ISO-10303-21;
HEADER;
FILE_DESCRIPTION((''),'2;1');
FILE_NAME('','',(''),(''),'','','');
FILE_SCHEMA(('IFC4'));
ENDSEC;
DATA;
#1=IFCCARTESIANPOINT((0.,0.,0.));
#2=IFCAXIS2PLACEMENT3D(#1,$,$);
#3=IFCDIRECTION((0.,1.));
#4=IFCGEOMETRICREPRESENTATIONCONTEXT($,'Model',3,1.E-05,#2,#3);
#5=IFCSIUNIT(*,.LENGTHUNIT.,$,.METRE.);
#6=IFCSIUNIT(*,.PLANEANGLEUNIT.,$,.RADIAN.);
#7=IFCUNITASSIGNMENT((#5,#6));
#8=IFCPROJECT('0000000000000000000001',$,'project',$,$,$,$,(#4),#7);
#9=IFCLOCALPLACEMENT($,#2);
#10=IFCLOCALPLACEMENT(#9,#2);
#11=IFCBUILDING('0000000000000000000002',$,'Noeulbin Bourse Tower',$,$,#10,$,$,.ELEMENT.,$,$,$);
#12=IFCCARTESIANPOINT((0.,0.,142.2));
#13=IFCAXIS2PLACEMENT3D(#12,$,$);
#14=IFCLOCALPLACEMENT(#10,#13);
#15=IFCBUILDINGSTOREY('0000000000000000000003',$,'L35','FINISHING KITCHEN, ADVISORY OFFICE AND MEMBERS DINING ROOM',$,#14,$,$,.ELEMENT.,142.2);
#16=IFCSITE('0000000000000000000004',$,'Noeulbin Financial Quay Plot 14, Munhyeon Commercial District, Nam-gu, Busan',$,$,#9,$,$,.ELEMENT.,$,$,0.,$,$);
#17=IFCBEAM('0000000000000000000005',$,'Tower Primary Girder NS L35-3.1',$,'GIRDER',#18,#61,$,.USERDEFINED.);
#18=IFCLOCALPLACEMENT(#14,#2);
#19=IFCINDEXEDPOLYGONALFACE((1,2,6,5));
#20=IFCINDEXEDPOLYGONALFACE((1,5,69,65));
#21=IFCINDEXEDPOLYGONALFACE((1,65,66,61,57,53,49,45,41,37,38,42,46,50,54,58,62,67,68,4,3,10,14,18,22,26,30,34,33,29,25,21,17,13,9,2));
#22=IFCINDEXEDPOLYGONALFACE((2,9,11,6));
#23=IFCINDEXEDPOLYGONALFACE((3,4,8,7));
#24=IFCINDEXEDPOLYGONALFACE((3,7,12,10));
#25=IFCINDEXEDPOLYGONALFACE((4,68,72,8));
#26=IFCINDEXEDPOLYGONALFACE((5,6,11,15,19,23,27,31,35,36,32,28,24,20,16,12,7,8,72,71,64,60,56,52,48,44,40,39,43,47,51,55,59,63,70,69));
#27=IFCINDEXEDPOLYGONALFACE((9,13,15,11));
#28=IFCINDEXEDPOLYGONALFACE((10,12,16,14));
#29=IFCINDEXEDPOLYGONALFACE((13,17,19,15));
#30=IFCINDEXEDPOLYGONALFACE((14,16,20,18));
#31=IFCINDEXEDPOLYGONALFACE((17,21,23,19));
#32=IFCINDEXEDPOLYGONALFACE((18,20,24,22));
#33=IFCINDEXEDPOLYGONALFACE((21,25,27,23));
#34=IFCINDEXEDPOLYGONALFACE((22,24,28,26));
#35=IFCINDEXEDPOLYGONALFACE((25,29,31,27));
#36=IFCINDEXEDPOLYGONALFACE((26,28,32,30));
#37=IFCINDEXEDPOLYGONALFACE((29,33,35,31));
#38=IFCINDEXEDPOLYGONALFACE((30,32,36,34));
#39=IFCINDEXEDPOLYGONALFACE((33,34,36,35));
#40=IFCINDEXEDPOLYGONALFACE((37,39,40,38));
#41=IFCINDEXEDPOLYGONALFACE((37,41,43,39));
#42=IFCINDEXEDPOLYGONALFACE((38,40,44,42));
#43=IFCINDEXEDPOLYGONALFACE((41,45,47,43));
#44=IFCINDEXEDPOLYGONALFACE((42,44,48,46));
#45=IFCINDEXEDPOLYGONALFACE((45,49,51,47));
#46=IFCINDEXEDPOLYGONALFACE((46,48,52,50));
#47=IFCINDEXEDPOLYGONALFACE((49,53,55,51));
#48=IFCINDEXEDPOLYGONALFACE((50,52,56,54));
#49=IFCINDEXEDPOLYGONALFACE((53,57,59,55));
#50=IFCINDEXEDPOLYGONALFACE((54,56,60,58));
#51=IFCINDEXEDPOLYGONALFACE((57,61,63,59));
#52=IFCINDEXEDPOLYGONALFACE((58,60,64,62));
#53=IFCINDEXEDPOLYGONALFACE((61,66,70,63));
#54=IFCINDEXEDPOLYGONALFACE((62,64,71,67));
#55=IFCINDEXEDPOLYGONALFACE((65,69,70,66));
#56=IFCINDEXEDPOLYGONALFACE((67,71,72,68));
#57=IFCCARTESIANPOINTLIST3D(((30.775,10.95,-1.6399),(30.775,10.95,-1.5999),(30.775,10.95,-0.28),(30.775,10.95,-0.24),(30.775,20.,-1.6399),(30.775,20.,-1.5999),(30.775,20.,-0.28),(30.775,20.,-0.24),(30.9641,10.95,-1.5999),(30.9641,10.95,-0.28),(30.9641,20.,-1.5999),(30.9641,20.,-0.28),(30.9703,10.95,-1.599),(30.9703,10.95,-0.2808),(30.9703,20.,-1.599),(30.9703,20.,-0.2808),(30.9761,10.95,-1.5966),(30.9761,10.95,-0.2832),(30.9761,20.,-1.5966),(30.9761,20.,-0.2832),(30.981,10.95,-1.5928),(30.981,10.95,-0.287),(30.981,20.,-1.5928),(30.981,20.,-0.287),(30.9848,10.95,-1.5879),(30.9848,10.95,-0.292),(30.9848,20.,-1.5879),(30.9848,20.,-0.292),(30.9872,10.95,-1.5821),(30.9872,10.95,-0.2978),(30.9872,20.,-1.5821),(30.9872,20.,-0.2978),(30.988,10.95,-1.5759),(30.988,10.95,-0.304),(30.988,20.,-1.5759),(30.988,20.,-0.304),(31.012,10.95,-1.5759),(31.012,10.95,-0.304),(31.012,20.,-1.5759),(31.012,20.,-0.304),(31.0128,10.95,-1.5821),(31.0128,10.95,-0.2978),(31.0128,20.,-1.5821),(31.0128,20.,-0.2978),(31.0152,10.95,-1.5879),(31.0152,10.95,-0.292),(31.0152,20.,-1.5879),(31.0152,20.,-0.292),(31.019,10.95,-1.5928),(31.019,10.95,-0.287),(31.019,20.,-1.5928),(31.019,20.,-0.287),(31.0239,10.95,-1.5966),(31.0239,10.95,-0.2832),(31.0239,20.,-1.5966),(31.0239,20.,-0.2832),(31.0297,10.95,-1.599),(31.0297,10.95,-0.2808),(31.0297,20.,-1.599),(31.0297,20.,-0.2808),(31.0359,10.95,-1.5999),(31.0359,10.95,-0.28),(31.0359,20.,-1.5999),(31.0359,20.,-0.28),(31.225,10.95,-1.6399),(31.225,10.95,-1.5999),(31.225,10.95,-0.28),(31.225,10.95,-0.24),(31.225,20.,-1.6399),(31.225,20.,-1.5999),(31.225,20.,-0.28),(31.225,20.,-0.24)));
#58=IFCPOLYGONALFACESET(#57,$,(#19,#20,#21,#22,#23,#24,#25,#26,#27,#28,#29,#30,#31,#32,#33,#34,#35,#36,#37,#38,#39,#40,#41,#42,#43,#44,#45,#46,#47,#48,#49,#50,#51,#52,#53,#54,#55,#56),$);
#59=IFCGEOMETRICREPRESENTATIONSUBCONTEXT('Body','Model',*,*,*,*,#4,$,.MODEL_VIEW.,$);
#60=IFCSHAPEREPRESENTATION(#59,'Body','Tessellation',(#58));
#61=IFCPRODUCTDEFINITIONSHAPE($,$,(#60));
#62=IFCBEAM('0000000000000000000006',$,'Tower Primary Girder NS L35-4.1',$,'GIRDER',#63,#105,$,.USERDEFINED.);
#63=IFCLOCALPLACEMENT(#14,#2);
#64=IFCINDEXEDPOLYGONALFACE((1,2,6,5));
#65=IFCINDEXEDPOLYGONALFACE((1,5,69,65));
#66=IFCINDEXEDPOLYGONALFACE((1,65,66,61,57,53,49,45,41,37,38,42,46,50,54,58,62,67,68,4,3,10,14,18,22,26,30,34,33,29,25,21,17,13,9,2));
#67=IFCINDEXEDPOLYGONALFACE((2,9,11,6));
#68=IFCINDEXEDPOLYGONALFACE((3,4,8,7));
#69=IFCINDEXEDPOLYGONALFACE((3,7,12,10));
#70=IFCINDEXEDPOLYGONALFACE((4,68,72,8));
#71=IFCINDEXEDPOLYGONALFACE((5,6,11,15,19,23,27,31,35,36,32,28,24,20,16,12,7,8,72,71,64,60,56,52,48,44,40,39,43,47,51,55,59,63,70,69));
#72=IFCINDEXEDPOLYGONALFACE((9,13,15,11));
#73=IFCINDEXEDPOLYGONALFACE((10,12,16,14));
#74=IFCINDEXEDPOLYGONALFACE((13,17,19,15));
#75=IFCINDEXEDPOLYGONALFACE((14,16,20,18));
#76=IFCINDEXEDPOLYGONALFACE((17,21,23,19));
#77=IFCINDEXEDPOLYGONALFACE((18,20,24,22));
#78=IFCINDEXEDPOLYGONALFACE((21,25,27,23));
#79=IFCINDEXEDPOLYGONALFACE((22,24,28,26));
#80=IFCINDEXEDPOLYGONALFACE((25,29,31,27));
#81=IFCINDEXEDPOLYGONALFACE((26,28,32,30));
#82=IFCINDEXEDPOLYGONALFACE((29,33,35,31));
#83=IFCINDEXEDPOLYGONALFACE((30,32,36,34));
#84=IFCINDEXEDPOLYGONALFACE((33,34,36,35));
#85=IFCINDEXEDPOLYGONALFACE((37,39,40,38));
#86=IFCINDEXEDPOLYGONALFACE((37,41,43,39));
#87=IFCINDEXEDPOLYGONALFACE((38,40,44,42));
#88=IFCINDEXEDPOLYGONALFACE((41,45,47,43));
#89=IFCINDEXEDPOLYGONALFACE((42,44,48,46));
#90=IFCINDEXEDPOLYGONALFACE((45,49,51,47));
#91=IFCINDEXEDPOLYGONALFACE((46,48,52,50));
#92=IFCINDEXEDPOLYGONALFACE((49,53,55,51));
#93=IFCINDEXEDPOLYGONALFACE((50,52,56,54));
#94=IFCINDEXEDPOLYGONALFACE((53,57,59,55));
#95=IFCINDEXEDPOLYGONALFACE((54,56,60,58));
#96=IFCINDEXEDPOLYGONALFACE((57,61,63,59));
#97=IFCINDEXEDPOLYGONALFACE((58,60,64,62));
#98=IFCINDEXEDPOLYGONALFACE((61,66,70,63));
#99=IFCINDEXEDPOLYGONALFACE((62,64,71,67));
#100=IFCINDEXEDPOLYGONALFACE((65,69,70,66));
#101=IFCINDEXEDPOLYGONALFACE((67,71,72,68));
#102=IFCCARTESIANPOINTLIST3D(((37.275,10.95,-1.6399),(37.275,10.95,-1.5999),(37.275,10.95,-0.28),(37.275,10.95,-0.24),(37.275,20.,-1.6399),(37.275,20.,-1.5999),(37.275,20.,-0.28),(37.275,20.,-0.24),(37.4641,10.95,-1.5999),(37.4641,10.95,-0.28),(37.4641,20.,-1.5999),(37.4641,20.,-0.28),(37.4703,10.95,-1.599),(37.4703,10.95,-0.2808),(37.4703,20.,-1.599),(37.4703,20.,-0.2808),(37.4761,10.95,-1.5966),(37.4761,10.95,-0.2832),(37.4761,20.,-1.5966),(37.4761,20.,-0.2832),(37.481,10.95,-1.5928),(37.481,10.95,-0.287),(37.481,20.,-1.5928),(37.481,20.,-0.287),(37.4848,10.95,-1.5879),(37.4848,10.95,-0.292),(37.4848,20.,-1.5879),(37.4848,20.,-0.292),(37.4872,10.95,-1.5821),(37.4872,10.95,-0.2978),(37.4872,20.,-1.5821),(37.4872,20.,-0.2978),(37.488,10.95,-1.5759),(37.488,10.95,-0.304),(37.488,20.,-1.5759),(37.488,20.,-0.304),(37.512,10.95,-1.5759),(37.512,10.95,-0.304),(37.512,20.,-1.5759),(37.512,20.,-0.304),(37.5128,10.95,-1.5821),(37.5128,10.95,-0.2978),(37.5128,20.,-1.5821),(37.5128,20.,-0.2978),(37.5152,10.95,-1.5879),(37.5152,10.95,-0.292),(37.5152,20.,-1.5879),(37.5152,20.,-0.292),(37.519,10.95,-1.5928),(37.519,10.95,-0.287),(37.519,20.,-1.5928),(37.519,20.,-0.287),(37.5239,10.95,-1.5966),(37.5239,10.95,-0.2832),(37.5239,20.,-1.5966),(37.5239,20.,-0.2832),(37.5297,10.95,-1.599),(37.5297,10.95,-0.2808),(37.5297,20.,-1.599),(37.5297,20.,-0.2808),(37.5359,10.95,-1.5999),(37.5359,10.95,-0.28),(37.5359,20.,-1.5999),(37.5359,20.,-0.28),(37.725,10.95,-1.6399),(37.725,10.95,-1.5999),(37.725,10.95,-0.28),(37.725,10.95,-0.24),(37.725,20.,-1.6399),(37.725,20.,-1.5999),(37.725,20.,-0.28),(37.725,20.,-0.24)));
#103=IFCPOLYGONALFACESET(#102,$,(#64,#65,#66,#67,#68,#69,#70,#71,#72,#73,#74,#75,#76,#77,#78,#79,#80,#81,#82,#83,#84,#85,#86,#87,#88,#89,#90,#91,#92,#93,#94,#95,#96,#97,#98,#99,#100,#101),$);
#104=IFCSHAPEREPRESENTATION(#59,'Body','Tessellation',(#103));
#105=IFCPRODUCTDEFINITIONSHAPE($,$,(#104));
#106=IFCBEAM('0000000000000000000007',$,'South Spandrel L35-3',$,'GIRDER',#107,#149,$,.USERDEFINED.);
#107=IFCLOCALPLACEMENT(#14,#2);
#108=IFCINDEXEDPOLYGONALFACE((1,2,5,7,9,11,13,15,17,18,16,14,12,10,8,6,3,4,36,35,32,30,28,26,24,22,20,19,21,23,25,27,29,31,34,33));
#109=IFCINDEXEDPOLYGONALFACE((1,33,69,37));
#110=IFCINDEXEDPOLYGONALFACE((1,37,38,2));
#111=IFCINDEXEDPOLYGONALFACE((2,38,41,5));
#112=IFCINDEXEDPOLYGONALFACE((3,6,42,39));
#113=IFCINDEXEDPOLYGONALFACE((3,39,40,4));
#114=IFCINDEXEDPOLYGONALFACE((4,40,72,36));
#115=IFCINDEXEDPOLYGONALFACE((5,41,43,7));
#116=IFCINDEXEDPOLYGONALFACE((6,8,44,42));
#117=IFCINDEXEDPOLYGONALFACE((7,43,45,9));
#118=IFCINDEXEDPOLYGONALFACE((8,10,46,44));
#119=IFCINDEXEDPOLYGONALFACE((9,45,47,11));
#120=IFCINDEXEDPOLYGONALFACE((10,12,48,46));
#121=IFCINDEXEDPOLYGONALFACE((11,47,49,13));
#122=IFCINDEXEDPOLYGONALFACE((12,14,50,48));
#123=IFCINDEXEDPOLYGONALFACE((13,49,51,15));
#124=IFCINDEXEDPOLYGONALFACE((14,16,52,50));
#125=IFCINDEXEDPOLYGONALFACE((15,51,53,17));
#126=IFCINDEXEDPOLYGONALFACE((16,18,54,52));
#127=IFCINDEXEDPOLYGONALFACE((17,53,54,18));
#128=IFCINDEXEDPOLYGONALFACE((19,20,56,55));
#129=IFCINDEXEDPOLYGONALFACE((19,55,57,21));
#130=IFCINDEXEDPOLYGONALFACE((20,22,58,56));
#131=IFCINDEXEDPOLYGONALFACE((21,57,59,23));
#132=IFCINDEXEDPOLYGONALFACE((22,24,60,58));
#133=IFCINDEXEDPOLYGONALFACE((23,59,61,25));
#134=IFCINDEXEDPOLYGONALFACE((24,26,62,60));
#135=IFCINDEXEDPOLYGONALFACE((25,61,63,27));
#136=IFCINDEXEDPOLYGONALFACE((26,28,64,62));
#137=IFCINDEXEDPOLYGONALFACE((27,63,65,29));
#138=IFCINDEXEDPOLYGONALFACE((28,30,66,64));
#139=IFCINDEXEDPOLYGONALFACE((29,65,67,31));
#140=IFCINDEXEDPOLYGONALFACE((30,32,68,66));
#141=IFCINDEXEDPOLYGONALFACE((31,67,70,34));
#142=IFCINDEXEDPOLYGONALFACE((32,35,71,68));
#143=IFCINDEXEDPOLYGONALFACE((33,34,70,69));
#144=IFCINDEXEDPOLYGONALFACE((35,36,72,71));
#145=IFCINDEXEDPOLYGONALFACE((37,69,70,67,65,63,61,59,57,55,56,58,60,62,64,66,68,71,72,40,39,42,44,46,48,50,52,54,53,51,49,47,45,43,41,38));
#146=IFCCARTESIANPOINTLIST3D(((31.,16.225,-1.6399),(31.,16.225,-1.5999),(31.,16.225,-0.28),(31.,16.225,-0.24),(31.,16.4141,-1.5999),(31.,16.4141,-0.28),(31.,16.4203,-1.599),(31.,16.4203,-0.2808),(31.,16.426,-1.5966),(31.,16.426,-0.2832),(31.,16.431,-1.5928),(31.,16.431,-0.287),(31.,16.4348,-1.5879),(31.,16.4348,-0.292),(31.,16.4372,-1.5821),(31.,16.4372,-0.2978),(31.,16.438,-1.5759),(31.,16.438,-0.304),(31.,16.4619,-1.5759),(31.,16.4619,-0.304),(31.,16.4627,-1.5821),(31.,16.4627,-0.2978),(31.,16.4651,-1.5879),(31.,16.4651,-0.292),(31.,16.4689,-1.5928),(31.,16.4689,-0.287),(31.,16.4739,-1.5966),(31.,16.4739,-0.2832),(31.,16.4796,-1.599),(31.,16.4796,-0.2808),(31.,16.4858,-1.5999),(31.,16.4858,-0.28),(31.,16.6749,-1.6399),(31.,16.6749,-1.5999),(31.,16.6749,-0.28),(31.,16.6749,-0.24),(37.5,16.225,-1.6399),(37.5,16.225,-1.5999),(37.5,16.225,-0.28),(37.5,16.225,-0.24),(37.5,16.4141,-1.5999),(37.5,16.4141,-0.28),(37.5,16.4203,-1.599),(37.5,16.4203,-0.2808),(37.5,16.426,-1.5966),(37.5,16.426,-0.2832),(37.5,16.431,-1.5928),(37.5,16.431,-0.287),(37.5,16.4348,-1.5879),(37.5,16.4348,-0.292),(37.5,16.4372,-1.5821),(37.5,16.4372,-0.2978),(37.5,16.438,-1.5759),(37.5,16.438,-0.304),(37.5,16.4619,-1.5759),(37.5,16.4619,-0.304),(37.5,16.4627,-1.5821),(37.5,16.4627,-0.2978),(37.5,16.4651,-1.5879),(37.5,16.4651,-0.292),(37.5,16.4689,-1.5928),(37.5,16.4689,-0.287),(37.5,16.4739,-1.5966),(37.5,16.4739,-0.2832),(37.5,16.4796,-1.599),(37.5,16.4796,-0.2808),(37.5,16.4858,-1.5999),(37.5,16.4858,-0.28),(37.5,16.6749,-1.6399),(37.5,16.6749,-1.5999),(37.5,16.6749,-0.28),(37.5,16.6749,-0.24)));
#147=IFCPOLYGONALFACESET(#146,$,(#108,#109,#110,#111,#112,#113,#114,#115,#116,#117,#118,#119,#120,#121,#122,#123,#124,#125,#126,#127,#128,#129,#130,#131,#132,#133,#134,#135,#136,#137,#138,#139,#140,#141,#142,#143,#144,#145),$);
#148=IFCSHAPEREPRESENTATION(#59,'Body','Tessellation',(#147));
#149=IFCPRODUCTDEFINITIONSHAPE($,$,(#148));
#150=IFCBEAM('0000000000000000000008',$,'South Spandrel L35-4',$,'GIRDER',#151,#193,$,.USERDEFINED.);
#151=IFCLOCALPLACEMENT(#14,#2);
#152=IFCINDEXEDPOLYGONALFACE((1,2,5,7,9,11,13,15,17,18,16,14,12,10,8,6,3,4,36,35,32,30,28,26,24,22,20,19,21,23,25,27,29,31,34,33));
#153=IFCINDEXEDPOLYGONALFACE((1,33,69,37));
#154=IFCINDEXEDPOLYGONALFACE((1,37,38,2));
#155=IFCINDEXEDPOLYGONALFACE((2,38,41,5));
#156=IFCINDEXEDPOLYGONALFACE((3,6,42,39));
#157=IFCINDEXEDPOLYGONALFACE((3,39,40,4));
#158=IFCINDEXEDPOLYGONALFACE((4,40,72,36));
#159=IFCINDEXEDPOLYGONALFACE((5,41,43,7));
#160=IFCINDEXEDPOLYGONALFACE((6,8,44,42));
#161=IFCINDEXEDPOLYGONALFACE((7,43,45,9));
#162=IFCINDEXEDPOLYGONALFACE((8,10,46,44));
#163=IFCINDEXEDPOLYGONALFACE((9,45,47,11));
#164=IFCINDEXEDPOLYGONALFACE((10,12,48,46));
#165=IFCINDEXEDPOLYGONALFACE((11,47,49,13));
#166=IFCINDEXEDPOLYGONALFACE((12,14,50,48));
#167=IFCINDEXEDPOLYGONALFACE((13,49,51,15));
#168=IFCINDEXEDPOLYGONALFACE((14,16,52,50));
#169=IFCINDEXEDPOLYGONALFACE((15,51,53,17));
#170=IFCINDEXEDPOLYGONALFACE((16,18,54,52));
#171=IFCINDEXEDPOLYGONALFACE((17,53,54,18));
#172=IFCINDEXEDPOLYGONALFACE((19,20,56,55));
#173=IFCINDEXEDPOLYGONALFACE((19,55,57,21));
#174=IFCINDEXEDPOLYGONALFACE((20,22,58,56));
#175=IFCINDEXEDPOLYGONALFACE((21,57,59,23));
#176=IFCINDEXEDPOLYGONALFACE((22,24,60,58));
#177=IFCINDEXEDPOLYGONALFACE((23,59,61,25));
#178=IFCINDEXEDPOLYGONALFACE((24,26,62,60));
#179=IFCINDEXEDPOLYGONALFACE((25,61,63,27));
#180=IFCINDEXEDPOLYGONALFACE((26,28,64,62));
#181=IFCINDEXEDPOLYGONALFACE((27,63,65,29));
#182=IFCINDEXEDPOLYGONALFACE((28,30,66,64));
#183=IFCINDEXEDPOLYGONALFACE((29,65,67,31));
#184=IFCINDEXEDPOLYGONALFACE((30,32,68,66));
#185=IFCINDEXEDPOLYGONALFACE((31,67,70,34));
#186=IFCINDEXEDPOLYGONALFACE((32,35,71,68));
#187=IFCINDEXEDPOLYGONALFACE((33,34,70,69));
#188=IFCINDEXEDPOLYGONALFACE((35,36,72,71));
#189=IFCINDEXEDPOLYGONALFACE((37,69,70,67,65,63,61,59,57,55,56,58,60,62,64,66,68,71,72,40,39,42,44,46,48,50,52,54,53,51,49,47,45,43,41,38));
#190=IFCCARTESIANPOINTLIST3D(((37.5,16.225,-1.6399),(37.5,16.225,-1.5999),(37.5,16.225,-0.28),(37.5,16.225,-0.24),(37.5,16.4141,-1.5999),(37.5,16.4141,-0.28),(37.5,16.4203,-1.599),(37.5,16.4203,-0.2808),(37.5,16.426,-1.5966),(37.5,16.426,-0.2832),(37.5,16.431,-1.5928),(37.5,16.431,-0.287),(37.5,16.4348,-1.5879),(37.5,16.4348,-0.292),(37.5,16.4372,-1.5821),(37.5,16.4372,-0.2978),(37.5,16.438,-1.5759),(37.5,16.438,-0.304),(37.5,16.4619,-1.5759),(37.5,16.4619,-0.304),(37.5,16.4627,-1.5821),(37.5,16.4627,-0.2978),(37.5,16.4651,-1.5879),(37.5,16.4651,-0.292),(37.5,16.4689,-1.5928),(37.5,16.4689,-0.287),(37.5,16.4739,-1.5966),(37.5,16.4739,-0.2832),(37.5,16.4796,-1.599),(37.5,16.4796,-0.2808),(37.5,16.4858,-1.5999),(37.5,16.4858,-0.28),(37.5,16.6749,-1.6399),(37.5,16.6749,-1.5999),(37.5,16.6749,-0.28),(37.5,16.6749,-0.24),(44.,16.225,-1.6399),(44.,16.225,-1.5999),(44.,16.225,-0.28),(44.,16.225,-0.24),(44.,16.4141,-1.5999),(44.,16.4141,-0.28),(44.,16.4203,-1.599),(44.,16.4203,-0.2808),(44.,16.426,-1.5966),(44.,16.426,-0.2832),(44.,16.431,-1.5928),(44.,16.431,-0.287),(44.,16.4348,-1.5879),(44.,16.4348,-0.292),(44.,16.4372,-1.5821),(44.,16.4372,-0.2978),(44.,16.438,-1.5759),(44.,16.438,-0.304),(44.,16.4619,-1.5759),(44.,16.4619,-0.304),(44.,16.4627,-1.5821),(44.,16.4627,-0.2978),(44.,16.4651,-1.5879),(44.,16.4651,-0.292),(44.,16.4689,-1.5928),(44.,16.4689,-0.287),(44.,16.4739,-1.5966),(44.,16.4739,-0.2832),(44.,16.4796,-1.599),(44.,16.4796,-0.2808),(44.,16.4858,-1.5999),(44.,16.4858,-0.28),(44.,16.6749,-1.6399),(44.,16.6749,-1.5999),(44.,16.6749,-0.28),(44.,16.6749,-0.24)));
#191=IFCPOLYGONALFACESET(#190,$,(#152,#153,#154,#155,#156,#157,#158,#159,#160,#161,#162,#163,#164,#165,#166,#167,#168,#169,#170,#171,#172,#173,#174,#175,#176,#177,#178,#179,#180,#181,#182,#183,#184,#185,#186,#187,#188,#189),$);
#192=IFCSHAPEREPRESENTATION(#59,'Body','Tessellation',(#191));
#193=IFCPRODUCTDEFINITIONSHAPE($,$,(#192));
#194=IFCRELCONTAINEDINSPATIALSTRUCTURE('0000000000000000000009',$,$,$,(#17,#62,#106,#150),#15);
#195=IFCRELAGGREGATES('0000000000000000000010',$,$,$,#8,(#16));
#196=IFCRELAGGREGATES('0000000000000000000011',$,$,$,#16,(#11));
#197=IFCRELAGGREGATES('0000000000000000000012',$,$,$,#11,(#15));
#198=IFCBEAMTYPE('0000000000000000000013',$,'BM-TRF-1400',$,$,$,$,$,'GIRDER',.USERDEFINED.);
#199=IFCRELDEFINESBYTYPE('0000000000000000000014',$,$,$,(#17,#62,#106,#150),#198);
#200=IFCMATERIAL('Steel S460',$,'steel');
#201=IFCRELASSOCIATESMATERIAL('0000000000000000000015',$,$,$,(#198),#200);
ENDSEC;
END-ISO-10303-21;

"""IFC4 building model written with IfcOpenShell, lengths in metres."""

from ifc_helpers import new_model, si_unit, direction, frame, origin, origin_2d, place, context, subcontext, project, spatial, i_section, extrude, material, material_profile, profile_set, type_object, element, save


model = new_model("IFC4")

# Units and contexts
model_context = context("Model", 3, precision=1e-05, world=origin(), true_north=direction((0.0, 1.0)))
body_context = subcontext(model_context, "Body", "Model", "MODEL_VIEW")
ifc_project = project(units=[si_unit("LENGTHUNIT", "METRE"), si_unit("PLANEANGLEUNIT", "RADIAN")], contexts=[model_context])

# Site, building, storey
site_placement = place(None, origin())
site = spatial("IfcSite", under=ifc_project, at=site_placement, Name="Noeulbin Financial Quay Plot 14, Munhyeon Commercial District, Nam-gu, Busan", CompositionType="ELEMENT", RefElevation=0.0)
building_placement = place(site_placement, origin())
building = spatial("IfcBuilding", under=site, at=building_placement, Name="Noeulbin Bourse Tower", CompositionType="ELEMENT")
storey_placement = place(building_placement, frame((0.0, 0.0, 142.2)))
storey = spatial("IfcBuildingStorey", under=building, at=storey_placement, Name="L35", Description="FINISHING KITCHEN, ADVISORY OFFICE AND MEMBERS DINING ROOM", CompositionType="ELEMENT", Elevation=142.2)

# Beams
ifc_material_1 = material(Name="Steel S460", Category="steel")
ifc_material_profile_1 = material_profile(ifc_material_1, i_section(OverallWidth=0.45, OverallDepth=1.3999, WebThickness=0.0239, FlangeThickness=0.04, FilletRadius=0.0239, at=origin_2d()), Name="PG-1400x450x24x40", Category="LoadBearing")
ifc_profile_set_1 = profile_set([ifc_material_profile_1], Name="Steel S460")
beam_type_1 = type_object("IfcBeamType", Name="BM-TRF-1400", ElementType="GIRDER", PredefinedType="USERDEFINED", material=ifc_profile_set_1)
for number, where, z_axis, x_axis, name in (
    (1, (31.0, 10.95, -0.9399), (0.0, 1.0, 0.0), (-1.0, 0.0, 0.0), "Tower Primary Girder NS L35-3.1"),
    (2, (37.5, 10.95, -0.9399), (0.0, 1.0, 0.0), (-1.0, 0.0, 0.0), "Tower Primary Girder NS L35-4.1"),
):
    element("IfcBeam", number, at=place(storey_placement, frame(where, z_axis=z_axis, x_axis=x_axis)), inside=storey, type_object=beam_type_1, Name=name, ObjectType="GIRDER", PredefinedType="USERDEFINED", context=body_context, shape_type="SweptSolid", body=[
        extrude(i_section(OverallWidth=0.45, OverallDepth=1.3999, WebThickness=0.0239, FlangeThickness=0.04, FilletRadius=0.0239, at=origin_2d()), origin(), (0.0, 0.0, 1.0), 9.05),
    ])
for number, where, z_axis, x_axis, name in (
    (3, (31.0, 16.45, -0.9399), (1.0, 0.0, 0.0), (0.0, 1.0, 0.0), "South Spandrel L35-3"),
    (4, (37.5, 16.45, -0.9399), (1.0, 0.0, 0.0), (0.0, 1.0, 0.0), "South Spandrel L35-4"),
):
    element("IfcBeam", number, at=place(storey_placement, frame(where, z_axis=z_axis, x_axis=x_axis)), inside=storey, type_object=beam_type_1, Name=name, ObjectType="GIRDER", PredefinedType="USERDEFINED", context=body_context, shape_type="SweptSolid", body=[
        extrude(i_section(OverallWidth=0.45, OverallDepth=1.3999, WebThickness=0.0239, FlangeThickness=0.04, FilletRadius=0.0239, at=origin_2d()), origin(), (0.0, 0.0, 1.0), 6.5),
    ])

save(model, "model.ifc")
